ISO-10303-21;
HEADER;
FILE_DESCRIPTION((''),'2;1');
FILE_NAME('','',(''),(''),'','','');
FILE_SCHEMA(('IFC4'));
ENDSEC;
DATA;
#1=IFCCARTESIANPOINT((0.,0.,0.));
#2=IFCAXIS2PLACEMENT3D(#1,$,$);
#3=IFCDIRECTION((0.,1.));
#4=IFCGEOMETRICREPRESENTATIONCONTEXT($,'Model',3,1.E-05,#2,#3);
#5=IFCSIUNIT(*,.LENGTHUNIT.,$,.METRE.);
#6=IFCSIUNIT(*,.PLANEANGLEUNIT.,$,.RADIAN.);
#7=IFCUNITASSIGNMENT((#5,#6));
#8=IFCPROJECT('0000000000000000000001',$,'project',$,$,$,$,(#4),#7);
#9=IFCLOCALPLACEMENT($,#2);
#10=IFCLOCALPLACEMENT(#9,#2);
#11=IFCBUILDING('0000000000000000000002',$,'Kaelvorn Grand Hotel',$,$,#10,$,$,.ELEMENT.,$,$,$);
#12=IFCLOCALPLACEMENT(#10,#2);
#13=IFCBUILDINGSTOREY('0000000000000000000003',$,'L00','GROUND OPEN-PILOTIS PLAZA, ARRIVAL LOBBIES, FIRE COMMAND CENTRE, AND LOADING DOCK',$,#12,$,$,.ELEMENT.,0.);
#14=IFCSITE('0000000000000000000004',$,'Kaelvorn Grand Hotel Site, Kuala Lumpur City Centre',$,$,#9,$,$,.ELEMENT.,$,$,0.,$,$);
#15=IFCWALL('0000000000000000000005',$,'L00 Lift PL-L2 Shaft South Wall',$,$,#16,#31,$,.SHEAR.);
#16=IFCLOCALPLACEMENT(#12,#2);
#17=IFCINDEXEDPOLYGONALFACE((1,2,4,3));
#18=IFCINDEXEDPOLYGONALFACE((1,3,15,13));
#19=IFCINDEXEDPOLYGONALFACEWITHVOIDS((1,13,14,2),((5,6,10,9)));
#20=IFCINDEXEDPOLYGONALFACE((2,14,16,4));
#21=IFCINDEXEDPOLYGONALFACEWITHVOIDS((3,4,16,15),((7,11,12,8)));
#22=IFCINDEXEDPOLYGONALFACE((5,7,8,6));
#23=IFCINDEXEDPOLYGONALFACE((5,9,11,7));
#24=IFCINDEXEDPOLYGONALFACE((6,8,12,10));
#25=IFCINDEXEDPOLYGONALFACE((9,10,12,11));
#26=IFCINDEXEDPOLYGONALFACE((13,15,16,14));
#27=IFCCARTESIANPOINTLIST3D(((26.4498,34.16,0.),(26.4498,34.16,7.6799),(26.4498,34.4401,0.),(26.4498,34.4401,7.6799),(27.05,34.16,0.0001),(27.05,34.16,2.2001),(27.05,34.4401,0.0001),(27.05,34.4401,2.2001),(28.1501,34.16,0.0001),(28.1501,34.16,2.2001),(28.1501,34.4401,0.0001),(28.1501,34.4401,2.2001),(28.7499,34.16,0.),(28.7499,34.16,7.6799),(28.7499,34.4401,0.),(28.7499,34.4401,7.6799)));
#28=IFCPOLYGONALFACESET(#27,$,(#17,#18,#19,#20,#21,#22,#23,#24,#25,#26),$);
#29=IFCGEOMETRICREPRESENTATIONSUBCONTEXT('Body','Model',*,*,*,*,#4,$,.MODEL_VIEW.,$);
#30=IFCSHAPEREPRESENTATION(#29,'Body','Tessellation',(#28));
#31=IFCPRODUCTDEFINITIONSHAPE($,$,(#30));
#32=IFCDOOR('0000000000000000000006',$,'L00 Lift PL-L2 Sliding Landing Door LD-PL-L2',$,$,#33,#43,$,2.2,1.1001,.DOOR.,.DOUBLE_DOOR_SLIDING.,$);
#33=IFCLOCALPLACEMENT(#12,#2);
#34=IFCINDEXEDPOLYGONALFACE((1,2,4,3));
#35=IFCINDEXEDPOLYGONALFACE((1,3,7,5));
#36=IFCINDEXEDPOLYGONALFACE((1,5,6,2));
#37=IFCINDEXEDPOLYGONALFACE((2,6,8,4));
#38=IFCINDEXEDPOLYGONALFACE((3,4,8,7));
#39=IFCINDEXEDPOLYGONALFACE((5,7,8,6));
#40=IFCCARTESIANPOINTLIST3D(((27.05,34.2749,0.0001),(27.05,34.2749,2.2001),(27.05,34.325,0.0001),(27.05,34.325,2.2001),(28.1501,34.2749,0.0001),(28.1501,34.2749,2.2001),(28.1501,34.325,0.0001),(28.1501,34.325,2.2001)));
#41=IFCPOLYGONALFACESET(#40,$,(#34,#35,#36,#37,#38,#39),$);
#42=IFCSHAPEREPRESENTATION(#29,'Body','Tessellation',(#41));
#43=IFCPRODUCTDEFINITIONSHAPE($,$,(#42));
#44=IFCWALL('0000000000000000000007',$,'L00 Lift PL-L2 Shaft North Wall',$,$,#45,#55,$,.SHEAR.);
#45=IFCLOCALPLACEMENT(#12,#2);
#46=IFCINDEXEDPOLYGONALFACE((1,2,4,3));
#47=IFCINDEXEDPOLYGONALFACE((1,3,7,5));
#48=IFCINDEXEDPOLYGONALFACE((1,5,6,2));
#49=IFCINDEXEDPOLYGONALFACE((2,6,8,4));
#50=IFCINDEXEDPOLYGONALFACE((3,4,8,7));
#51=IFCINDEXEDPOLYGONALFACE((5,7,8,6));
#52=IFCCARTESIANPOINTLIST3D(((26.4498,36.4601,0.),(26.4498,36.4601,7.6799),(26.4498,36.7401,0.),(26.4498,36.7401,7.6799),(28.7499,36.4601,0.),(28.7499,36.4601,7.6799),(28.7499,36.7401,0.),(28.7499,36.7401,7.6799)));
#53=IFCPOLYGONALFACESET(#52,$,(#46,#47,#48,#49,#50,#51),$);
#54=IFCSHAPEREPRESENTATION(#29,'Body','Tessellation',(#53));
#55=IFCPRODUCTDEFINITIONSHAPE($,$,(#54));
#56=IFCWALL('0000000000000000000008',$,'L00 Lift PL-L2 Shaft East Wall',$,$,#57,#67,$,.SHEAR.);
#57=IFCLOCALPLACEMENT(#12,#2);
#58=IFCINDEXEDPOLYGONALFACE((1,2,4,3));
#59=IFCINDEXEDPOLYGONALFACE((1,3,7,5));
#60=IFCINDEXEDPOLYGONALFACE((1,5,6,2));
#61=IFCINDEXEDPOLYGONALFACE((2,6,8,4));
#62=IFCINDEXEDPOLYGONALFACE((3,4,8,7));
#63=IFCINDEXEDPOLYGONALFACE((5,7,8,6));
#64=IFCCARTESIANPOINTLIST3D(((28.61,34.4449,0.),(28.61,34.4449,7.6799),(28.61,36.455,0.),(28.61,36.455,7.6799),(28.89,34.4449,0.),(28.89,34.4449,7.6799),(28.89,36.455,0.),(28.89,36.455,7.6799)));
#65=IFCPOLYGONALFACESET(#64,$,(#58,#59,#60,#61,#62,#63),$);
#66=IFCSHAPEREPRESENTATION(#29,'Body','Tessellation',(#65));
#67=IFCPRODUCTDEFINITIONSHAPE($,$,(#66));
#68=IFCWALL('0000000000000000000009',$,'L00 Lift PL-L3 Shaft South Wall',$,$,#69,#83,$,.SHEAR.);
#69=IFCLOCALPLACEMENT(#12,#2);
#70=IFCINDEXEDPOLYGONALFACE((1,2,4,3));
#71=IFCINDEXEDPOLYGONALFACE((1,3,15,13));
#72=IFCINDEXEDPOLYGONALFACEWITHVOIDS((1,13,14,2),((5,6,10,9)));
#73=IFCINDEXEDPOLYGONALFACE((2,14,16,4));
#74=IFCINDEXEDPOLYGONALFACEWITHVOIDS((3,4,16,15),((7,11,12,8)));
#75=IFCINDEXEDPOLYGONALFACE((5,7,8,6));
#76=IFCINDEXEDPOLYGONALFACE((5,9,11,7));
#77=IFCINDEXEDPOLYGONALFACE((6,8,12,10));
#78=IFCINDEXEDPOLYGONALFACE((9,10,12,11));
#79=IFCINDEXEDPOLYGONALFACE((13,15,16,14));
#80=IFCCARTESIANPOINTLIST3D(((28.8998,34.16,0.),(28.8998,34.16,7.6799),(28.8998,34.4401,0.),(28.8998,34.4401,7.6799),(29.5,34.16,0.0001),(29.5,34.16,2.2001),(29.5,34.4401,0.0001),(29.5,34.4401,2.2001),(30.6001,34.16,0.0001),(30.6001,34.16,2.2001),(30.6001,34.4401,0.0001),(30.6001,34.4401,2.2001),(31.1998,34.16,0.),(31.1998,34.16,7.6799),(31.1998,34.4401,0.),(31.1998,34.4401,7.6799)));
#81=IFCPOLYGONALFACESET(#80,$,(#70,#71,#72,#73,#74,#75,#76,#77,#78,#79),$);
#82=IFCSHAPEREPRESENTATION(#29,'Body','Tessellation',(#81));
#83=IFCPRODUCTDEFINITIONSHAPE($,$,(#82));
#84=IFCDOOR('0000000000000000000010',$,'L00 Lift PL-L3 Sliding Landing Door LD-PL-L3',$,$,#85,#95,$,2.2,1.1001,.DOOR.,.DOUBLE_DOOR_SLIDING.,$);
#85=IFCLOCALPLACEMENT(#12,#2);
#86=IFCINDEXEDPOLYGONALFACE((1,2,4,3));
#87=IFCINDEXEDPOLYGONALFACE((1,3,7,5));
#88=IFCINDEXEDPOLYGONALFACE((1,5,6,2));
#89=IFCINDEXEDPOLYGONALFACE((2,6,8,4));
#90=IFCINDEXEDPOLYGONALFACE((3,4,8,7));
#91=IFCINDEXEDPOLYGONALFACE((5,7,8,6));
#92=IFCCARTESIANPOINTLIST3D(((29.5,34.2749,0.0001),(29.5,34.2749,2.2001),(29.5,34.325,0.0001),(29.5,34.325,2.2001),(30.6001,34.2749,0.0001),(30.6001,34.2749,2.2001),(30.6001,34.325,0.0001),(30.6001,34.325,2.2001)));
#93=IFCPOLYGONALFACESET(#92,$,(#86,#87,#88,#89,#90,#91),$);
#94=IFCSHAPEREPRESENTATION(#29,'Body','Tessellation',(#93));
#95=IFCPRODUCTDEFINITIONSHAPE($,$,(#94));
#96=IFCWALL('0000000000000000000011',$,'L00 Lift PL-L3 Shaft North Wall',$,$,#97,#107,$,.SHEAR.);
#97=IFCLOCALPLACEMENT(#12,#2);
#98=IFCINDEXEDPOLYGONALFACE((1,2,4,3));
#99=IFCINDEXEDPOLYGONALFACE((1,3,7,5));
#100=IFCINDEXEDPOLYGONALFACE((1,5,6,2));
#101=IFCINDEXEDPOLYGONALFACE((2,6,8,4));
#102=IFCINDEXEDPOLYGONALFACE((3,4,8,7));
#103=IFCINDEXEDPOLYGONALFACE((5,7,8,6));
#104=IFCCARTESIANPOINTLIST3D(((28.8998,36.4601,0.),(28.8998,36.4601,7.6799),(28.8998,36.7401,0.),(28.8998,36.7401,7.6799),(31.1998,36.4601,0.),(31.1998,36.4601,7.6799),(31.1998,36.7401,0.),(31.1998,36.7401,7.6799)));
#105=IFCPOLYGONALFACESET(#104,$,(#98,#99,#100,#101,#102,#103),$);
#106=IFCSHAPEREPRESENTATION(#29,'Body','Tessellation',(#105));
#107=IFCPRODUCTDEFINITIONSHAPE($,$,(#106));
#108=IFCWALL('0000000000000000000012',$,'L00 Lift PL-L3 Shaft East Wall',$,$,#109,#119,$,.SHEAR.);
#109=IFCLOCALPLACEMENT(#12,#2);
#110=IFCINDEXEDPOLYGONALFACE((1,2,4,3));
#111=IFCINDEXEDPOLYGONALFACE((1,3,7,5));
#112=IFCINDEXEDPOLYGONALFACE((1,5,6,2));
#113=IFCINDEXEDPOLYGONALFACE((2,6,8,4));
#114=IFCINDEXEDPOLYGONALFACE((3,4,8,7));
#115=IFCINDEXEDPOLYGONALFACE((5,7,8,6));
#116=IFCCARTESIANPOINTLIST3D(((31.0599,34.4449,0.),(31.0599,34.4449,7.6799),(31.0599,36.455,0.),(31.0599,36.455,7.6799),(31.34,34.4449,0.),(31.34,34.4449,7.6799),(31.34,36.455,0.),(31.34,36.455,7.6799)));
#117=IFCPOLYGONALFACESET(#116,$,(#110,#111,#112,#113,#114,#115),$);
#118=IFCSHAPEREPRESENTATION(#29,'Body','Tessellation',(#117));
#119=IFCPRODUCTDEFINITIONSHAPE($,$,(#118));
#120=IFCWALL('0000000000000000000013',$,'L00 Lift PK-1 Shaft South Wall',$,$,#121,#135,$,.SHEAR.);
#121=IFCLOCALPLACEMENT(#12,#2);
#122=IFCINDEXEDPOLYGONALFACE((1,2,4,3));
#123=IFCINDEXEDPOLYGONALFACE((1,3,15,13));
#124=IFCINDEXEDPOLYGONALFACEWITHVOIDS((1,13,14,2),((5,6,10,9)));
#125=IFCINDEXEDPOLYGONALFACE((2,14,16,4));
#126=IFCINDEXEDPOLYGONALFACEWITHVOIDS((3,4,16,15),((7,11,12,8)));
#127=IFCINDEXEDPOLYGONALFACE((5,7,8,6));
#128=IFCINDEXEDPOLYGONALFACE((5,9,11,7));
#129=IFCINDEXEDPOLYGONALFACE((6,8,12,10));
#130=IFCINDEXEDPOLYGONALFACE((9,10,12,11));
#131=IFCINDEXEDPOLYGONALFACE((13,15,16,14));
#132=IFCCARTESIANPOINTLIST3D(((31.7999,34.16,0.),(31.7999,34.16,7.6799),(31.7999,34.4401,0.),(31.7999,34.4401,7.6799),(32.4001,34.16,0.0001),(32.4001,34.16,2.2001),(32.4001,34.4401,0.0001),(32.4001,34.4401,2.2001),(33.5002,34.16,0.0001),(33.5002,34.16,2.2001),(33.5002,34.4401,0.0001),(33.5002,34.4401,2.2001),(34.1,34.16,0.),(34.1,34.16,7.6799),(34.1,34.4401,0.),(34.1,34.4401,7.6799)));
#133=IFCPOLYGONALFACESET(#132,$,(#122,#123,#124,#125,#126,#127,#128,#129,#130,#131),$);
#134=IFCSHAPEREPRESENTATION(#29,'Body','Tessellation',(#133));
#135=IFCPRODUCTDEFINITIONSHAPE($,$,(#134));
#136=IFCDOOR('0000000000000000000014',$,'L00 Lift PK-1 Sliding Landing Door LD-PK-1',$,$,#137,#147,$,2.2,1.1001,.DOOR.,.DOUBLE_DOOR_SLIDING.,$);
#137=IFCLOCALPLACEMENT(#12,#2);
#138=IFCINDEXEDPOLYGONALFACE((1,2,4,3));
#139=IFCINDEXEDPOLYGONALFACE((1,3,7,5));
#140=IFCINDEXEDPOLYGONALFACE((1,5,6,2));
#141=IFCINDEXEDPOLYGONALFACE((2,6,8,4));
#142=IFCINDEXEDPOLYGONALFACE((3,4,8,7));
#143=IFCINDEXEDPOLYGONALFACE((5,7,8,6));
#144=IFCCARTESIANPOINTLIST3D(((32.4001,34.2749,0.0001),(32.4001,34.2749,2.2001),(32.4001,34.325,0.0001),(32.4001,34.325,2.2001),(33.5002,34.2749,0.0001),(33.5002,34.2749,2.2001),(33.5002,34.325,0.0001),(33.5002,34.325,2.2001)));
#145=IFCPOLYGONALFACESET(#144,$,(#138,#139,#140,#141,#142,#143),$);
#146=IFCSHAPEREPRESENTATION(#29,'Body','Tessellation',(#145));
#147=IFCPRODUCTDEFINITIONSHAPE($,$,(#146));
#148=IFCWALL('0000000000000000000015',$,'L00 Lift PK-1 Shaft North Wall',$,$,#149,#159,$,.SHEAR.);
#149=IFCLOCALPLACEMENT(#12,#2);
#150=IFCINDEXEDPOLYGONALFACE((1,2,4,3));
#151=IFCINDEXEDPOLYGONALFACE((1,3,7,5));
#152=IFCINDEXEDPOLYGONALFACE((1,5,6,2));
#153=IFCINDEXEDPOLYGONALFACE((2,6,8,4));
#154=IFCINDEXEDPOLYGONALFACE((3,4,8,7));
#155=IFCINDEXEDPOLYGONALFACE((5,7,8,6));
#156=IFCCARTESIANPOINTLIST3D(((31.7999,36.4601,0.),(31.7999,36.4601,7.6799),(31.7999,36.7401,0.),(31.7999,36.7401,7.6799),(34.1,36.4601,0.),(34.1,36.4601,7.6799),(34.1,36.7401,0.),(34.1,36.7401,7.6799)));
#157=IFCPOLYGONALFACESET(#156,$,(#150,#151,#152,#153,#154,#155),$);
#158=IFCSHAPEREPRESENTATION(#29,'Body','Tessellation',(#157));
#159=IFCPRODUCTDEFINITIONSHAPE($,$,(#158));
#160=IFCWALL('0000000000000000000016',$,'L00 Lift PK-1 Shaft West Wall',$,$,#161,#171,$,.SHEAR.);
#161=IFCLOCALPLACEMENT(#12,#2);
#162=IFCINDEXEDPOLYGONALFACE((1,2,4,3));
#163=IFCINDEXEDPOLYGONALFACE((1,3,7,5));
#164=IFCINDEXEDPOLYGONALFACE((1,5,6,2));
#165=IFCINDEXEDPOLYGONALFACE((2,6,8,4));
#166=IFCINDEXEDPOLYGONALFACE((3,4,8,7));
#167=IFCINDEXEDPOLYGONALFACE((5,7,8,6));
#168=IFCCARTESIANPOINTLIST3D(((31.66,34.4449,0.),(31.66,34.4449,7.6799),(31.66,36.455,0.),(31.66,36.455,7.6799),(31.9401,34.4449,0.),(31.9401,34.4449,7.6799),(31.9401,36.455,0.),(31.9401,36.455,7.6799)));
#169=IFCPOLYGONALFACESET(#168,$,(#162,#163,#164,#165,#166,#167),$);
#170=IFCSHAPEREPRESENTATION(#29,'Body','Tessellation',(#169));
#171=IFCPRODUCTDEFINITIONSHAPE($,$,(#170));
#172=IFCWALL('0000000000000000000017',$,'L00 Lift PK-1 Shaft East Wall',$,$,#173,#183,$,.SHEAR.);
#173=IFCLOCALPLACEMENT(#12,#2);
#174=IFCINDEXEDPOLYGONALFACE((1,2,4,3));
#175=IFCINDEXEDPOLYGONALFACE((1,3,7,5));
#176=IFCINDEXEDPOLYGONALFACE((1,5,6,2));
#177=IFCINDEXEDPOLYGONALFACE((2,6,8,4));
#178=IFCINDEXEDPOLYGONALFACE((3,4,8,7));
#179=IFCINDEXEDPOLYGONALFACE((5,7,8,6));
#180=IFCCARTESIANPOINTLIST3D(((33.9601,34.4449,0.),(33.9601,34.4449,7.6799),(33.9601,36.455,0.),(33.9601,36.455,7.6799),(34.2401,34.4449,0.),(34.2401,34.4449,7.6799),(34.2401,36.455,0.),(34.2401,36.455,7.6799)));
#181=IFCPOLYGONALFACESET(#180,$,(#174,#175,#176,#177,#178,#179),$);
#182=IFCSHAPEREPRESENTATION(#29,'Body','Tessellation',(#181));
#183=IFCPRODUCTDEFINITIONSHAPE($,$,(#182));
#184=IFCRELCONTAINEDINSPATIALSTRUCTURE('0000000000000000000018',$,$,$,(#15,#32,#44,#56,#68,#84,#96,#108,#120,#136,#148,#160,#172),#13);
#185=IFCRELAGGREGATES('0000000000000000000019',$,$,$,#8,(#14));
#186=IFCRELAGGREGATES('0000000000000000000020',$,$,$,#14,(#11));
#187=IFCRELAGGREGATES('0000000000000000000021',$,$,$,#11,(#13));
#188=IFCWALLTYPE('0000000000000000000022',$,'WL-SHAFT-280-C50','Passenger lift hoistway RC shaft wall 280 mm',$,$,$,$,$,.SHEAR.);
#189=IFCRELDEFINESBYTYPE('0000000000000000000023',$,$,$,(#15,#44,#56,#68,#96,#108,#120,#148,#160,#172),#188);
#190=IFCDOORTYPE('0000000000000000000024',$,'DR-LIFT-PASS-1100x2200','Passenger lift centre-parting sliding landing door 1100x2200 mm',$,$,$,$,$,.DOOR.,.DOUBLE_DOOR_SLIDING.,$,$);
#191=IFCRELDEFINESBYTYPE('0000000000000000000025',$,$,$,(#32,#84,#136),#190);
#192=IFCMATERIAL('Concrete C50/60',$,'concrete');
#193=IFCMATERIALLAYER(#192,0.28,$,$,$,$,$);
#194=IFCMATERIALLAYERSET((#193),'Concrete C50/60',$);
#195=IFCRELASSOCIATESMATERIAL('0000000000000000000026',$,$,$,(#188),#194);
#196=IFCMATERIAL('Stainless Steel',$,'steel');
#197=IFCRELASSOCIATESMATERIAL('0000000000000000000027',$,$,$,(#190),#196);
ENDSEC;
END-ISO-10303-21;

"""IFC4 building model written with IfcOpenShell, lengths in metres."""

from ifc_helpers import new_model, si_unit, direction, frame, frame_2d, origin, place, context, subcontext, project, spatial, rectangle, extrude, material, layer, layer_set, type_object, element, fill, save


model = new_model("IFC4")

# Units and contexts
model_context = context("Model", 3, precision=1e-05, world=origin(), true_north=direction((0.0, 1.0)))
body_context = subcontext(model_context, "Body", "Model", "MODEL_VIEW")
ifc_project = project(units=[si_unit("LENGTHUNIT", "METRE"), si_unit("PLANEANGLEUNIT", "RADIAN")], contexts=[model_context])

# Site, building, storey
site_placement = place(None, origin())
site = spatial("IfcSite", under=ifc_project, at=site_placement, Name="Kaelvorn Grand Hotel Site, Kuala Lumpur City Centre", CompositionType="ELEMENT", RefElevation=0.0)
building_placement = place(site_placement, origin())
building = spatial("IfcBuilding", under=site, at=building_placement, Name="Kaelvorn Grand Hotel", CompositionType="ELEMENT")
storey_placement = place(building_placement, origin())
storey = spatial("IfcBuildingStorey", under=building, at=storey_placement, Name="L00", Description="GROUND OPEN-PILOTIS PLAZA, ARRIVAL LOBBIES, FIRE COMMAND CENTRE, AND LOADING DOCK", CompositionType="ELEMENT", Elevation=0.0)

# Shared definitions
ifc_material_1 = material(Name="Concrete C50/60", Category="concrete")
ifc_layer_1 = layer(ifc_material_1, 0.28)
ifc_layer_set_1 = layer_set([ifc_layer_1], Name="Concrete C50/60")
wall_type_1 = type_object("IfcWallType", Name="WL-SHAFT-280-C50", Description="Passenger lift hoistway RC shaft wall 280 mm", PredefinedType="SHEAR", material=ifc_layer_set_1)
ifc_material_2 = material(Name="Stainless Steel", Category="steel")
door_type_1 = type_object("IfcDoorType", Name="DR-LIFT-PASS-1100x2200", Description="Passenger lift centre-parting sliding landing door 1100x2200 mm", OperationType="DOUBLE_DOOR_SLIDING", PredefinedType="DOOR", material=ifc_material_2)

# Wall, opening, door
wall_1_placement = place(storey_placement, frame((26.45, 34.3, 0.0), z_axis=(0.0, 0.0, 1.0), x_axis=(1.0, 0.0, 0.0)))
wall_1 = element("IfcWall", 1, at=wall_1_placement, inside=storey, type_object=wall_type_1, Name="L00 Lift PL-L2 Shaft South Wall", PredefinedType="SHEAR", context=body_context, shape_type="SweptSolid", body=[
    extrude(rectangle(XDim=2.3, YDim=0.28, at=frame_2d((1.1499, 0.0))), origin(), (0.0, 0.0, 1.0), 7.6799),
])
opening_1_placement = place(wall_1_placement, frame((0.6001, 0.0, 0.0)))
opening_1 = element("IfcOpeningElement", 2, at=opening_1_placement, cuts=wall_1, PredefinedType="OPENING", context=body_context, shape_type="SweptSolid", body=[
    extrude(rectangle(XDim=1.1001, YDim=2.2, at=frame_2d((0.55, 1.1001))), frame((0.0, 0.1499, 0.0), z_axis=(0.0, -1.0, 0.0), x_axis=(1.0, 0.0, 0.0)), (0.0, 0.0, 1.0), 0.3),
])
door_1_placement = place(opening_1_placement, origin())
door_1 = element("IfcDoor", 3, at=door_1_placement, inside=storey, type_object=door_type_1, Name="L00 Lift PL-L2 Sliding Landing Door LD-PL-L2", OperationType="DOUBLE_DOOR_SLIDING", OverallHeight=2.2, OverallWidth=1.1001, PredefinedType="DOOR", context=body_context, shape_type="SweptSolid", body=[
    extrude(rectangle(XDim=1.1001, YDim=2.2, at=frame_2d((0.55, 1.1001))), frame((0.0, 0.0249, 0.0), z_axis=(0.0, -1.0, 0.0), x_axis=(1.0, 0.0, 0.0)), (0.0, 0.0, 1.0), 0.05),
])
fill(opening_1, door_1)

# Walls
wall_2_placement = place(storey_placement, frame((26.45, 36.6001, 0.0), z_axis=(0.0, 0.0, 1.0), x_axis=(1.0, 0.0, 0.0)))
element("IfcWall", 4, at=wall_2_placement, inside=storey, type_object=wall_type_1, Name="L00 Lift PL-L2 Shaft North Wall", PredefinedType="SHEAR", context=body_context, shape_type="SweptSolid", body=[
    extrude(rectangle(XDim=2.3, YDim=0.28, at=frame_2d((1.1499, 0.0))), origin(), (0.0, 0.0, 1.0), 7.6799),
])
wall_3_placement = place(storey_placement, frame((28.75, 34.4451, 0.0), z_axis=(0.0, 0.0, 1.0), x_axis=(0.0, 1.0, 0.0)))
element("IfcWall", 5, at=wall_3_placement, inside=storey, type_object=wall_type_1, Name="L00 Lift PL-L2 Shaft East Wall", PredefinedType="SHEAR", context=body_context, shape_type="SweptSolid", body=[
    extrude(rectangle(XDim=2.01, YDim=0.28, at=frame_2d((1.0049, 0.0))), origin(), (0.0, 0.0, 1.0), 7.6799),
])

# Wall, opening, door
wall_4_placement = place(storey_placement, frame((28.8999, 34.3, 0.0), z_axis=(0.0, 0.0, 1.0), x_axis=(1.0, 0.0, 0.0)))
wall_4 = element("IfcWall", 6, at=wall_4_placement, inside=storey, type_object=wall_type_1, Name="L00 Lift PL-L3 Shaft South Wall", PredefinedType="SHEAR", context=body_context, shape_type="SweptSolid", body=[
    extrude(rectangle(XDim=2.3, YDim=0.28, at=frame_2d((1.1499, 0.0))), origin(), (0.0, 0.0, 1.0), 7.6799),
])
opening_2_placement = place(wall_4_placement, frame((0.6001, 0.0, 0.0)))
opening_2 = element("IfcOpeningElement", 7, at=opening_2_placement, cuts=wall_4, PredefinedType="OPENING", context=body_context, shape_type="SweptSolid", body=[
    extrude(rectangle(XDim=1.1001, YDim=2.2, at=frame_2d((0.55, 1.1001))), frame((0.0, 0.1499, 0.0), z_axis=(0.0, -1.0, 0.0), x_axis=(1.0, 0.0, 0.0)), (0.0, 0.0, 1.0), 0.3),
])
door_2_placement = place(opening_2_placement, origin())
door_2 = element("IfcDoor", 8, at=door_2_placement, inside=storey, type_object=door_type_1, Name="L00 Lift PL-L3 Sliding Landing Door LD-PL-L3", OperationType="DOUBLE_DOOR_SLIDING", OverallHeight=2.2, OverallWidth=1.1001, PredefinedType="DOOR", context=body_context, shape_type="SweptSolid", body=[
    extrude(rectangle(XDim=1.1001, YDim=2.2, at=frame_2d((0.55, 1.1001))), frame((0.0, 0.0249, 0.0), z_axis=(0.0, -1.0, 0.0), x_axis=(1.0, 0.0, 0.0)), (0.0, 0.0, 1.0), 0.05),
])
fill(opening_2, door_2)

# Walls
wall_5_placement = place(storey_placement, frame((28.8999, 36.6001, 0.0), z_axis=(0.0, 0.0, 1.0), x_axis=(1.0, 0.0, 0.0)))
element("IfcWall", 9, at=wall_5_placement, inside=storey, type_object=wall_type_1, Name="L00 Lift PL-L3 Shaft North Wall", PredefinedType="SHEAR", context=body_context, shape_type="SweptSolid", body=[
    extrude(rectangle(XDim=2.3, YDim=0.28, at=frame_2d((1.1499, 0.0))), origin(), (0.0, 0.0, 1.0), 7.6799),
])
wall_6_placement = place(storey_placement, frame((31.2, 34.4451, 0.0), z_axis=(0.0, 0.0, 1.0), x_axis=(0.0, 1.0, 0.0)))
element("IfcWall", 10, at=wall_6_placement, inside=storey, type_object=wall_type_1, Name="L00 Lift PL-L3 Shaft East Wall", PredefinedType="SHEAR", context=body_context, shape_type="SweptSolid", body=[
    extrude(rectangle(XDim=2.01, YDim=0.28, at=frame_2d((1.0049, 0.0))), origin(), (0.0, 0.0, 1.0), 7.6799),
])

# Wall, opening, door
wall_7_placement = place(storey_placement, frame((31.8, 34.3, 0.0), z_axis=(0.0, 0.0, 1.0), x_axis=(1.0, 0.0, 0.0)))
wall_7 = element("IfcWall", 11, at=wall_7_placement, inside=storey, type_object=wall_type_1, Name="L00 Lift PK-1 Shaft South Wall", PredefinedType="SHEAR", context=body_context, shape_type="SweptSolid", body=[
    extrude(rectangle(XDim=2.3, YDim=0.28, at=frame_2d((1.1499, 0.0))), origin(), (0.0, 0.0, 1.0), 7.6799),
])
opening_3_placement = place(wall_7_placement, frame((0.6001, 0.0, 0.0)))
opening_3 = element("IfcOpeningElement", 12, at=opening_3_placement, cuts=wall_7, PredefinedType="OPENING", context=body_context, shape_type="SweptSolid", body=[
    extrude(rectangle(XDim=1.1001, YDim=2.2, at=frame_2d((0.55, 1.1001))), frame((0.0, 0.1499, 0.0), z_axis=(0.0, -1.0, 0.0), x_axis=(1.0, 0.0, 0.0)), (0.0, 0.0, 1.0), 0.3),
])
door_3_placement = place(opening_3_placement, origin())
door_3 = element("IfcDoor", 13, at=door_3_placement, inside=storey, type_object=door_type_1, Name="L00 Lift PK-1 Sliding Landing Door LD-PK-1", OperationType="DOUBLE_DOOR_SLIDING", OverallHeight=2.2, OverallWidth=1.1001, PredefinedType="DOOR", context=body_context, shape_type="SweptSolid", body=[
    extrude(rectangle(XDim=1.1001, YDim=2.2, at=frame_2d((0.55, 1.1001))), frame((0.0, 0.0249, 0.0), z_axis=(0.0, -1.0, 0.0), x_axis=(1.0, 0.0, 0.0)), (0.0, 0.0, 1.0), 0.05),
])
fill(opening_3, door_3)

# Walls
wall_8_placement = place(storey_placement, frame((31.8, 36.6001, 0.0), z_axis=(0.0, 0.0, 1.0), x_axis=(1.0, 0.0, 0.0)))
element("IfcWall", 14, at=wall_8_placement, inside=storey, type_object=wall_type_1, Name="L00 Lift PK-1 Shaft North Wall", PredefinedType="SHEAR", context=body_context, shape_type="SweptSolid", body=[
    extrude(rectangle(XDim=2.3, YDim=0.28, at=frame_2d((1.1499, 0.0))), origin(), (0.0, 0.0, 1.0), 7.6799),
])
for number, where, z_axis, x_axis, name in (
    (15, (31.8, 34.4451, 0.0), (0.0, 0.0, 1.0), (0.0, 1.0, 0.0), "L00 Lift PK-1 Shaft West Wall"),
    (16, (34.1001, 34.4451, 0.0), (0.0, 0.0, 1.0), (0.0, 1.0, 0.0), "L00 Lift PK-1 Shaft East Wall"),
):
    element("IfcWall", number, at=place(storey_placement, frame(where, z_axis=z_axis, x_axis=x_axis)), inside=storey, type_object=wall_type_1, Name=name, PredefinedType="SHEAR", context=body_context, shape_type="SweptSolid", body=[
        extrude(rectangle(XDim=2.01, YDim=0.28, at=frame_2d((1.0049, 0.0))), origin(), (0.0, 0.0, 1.0), 7.6799),
    ])

save(model, "model.ifc")
